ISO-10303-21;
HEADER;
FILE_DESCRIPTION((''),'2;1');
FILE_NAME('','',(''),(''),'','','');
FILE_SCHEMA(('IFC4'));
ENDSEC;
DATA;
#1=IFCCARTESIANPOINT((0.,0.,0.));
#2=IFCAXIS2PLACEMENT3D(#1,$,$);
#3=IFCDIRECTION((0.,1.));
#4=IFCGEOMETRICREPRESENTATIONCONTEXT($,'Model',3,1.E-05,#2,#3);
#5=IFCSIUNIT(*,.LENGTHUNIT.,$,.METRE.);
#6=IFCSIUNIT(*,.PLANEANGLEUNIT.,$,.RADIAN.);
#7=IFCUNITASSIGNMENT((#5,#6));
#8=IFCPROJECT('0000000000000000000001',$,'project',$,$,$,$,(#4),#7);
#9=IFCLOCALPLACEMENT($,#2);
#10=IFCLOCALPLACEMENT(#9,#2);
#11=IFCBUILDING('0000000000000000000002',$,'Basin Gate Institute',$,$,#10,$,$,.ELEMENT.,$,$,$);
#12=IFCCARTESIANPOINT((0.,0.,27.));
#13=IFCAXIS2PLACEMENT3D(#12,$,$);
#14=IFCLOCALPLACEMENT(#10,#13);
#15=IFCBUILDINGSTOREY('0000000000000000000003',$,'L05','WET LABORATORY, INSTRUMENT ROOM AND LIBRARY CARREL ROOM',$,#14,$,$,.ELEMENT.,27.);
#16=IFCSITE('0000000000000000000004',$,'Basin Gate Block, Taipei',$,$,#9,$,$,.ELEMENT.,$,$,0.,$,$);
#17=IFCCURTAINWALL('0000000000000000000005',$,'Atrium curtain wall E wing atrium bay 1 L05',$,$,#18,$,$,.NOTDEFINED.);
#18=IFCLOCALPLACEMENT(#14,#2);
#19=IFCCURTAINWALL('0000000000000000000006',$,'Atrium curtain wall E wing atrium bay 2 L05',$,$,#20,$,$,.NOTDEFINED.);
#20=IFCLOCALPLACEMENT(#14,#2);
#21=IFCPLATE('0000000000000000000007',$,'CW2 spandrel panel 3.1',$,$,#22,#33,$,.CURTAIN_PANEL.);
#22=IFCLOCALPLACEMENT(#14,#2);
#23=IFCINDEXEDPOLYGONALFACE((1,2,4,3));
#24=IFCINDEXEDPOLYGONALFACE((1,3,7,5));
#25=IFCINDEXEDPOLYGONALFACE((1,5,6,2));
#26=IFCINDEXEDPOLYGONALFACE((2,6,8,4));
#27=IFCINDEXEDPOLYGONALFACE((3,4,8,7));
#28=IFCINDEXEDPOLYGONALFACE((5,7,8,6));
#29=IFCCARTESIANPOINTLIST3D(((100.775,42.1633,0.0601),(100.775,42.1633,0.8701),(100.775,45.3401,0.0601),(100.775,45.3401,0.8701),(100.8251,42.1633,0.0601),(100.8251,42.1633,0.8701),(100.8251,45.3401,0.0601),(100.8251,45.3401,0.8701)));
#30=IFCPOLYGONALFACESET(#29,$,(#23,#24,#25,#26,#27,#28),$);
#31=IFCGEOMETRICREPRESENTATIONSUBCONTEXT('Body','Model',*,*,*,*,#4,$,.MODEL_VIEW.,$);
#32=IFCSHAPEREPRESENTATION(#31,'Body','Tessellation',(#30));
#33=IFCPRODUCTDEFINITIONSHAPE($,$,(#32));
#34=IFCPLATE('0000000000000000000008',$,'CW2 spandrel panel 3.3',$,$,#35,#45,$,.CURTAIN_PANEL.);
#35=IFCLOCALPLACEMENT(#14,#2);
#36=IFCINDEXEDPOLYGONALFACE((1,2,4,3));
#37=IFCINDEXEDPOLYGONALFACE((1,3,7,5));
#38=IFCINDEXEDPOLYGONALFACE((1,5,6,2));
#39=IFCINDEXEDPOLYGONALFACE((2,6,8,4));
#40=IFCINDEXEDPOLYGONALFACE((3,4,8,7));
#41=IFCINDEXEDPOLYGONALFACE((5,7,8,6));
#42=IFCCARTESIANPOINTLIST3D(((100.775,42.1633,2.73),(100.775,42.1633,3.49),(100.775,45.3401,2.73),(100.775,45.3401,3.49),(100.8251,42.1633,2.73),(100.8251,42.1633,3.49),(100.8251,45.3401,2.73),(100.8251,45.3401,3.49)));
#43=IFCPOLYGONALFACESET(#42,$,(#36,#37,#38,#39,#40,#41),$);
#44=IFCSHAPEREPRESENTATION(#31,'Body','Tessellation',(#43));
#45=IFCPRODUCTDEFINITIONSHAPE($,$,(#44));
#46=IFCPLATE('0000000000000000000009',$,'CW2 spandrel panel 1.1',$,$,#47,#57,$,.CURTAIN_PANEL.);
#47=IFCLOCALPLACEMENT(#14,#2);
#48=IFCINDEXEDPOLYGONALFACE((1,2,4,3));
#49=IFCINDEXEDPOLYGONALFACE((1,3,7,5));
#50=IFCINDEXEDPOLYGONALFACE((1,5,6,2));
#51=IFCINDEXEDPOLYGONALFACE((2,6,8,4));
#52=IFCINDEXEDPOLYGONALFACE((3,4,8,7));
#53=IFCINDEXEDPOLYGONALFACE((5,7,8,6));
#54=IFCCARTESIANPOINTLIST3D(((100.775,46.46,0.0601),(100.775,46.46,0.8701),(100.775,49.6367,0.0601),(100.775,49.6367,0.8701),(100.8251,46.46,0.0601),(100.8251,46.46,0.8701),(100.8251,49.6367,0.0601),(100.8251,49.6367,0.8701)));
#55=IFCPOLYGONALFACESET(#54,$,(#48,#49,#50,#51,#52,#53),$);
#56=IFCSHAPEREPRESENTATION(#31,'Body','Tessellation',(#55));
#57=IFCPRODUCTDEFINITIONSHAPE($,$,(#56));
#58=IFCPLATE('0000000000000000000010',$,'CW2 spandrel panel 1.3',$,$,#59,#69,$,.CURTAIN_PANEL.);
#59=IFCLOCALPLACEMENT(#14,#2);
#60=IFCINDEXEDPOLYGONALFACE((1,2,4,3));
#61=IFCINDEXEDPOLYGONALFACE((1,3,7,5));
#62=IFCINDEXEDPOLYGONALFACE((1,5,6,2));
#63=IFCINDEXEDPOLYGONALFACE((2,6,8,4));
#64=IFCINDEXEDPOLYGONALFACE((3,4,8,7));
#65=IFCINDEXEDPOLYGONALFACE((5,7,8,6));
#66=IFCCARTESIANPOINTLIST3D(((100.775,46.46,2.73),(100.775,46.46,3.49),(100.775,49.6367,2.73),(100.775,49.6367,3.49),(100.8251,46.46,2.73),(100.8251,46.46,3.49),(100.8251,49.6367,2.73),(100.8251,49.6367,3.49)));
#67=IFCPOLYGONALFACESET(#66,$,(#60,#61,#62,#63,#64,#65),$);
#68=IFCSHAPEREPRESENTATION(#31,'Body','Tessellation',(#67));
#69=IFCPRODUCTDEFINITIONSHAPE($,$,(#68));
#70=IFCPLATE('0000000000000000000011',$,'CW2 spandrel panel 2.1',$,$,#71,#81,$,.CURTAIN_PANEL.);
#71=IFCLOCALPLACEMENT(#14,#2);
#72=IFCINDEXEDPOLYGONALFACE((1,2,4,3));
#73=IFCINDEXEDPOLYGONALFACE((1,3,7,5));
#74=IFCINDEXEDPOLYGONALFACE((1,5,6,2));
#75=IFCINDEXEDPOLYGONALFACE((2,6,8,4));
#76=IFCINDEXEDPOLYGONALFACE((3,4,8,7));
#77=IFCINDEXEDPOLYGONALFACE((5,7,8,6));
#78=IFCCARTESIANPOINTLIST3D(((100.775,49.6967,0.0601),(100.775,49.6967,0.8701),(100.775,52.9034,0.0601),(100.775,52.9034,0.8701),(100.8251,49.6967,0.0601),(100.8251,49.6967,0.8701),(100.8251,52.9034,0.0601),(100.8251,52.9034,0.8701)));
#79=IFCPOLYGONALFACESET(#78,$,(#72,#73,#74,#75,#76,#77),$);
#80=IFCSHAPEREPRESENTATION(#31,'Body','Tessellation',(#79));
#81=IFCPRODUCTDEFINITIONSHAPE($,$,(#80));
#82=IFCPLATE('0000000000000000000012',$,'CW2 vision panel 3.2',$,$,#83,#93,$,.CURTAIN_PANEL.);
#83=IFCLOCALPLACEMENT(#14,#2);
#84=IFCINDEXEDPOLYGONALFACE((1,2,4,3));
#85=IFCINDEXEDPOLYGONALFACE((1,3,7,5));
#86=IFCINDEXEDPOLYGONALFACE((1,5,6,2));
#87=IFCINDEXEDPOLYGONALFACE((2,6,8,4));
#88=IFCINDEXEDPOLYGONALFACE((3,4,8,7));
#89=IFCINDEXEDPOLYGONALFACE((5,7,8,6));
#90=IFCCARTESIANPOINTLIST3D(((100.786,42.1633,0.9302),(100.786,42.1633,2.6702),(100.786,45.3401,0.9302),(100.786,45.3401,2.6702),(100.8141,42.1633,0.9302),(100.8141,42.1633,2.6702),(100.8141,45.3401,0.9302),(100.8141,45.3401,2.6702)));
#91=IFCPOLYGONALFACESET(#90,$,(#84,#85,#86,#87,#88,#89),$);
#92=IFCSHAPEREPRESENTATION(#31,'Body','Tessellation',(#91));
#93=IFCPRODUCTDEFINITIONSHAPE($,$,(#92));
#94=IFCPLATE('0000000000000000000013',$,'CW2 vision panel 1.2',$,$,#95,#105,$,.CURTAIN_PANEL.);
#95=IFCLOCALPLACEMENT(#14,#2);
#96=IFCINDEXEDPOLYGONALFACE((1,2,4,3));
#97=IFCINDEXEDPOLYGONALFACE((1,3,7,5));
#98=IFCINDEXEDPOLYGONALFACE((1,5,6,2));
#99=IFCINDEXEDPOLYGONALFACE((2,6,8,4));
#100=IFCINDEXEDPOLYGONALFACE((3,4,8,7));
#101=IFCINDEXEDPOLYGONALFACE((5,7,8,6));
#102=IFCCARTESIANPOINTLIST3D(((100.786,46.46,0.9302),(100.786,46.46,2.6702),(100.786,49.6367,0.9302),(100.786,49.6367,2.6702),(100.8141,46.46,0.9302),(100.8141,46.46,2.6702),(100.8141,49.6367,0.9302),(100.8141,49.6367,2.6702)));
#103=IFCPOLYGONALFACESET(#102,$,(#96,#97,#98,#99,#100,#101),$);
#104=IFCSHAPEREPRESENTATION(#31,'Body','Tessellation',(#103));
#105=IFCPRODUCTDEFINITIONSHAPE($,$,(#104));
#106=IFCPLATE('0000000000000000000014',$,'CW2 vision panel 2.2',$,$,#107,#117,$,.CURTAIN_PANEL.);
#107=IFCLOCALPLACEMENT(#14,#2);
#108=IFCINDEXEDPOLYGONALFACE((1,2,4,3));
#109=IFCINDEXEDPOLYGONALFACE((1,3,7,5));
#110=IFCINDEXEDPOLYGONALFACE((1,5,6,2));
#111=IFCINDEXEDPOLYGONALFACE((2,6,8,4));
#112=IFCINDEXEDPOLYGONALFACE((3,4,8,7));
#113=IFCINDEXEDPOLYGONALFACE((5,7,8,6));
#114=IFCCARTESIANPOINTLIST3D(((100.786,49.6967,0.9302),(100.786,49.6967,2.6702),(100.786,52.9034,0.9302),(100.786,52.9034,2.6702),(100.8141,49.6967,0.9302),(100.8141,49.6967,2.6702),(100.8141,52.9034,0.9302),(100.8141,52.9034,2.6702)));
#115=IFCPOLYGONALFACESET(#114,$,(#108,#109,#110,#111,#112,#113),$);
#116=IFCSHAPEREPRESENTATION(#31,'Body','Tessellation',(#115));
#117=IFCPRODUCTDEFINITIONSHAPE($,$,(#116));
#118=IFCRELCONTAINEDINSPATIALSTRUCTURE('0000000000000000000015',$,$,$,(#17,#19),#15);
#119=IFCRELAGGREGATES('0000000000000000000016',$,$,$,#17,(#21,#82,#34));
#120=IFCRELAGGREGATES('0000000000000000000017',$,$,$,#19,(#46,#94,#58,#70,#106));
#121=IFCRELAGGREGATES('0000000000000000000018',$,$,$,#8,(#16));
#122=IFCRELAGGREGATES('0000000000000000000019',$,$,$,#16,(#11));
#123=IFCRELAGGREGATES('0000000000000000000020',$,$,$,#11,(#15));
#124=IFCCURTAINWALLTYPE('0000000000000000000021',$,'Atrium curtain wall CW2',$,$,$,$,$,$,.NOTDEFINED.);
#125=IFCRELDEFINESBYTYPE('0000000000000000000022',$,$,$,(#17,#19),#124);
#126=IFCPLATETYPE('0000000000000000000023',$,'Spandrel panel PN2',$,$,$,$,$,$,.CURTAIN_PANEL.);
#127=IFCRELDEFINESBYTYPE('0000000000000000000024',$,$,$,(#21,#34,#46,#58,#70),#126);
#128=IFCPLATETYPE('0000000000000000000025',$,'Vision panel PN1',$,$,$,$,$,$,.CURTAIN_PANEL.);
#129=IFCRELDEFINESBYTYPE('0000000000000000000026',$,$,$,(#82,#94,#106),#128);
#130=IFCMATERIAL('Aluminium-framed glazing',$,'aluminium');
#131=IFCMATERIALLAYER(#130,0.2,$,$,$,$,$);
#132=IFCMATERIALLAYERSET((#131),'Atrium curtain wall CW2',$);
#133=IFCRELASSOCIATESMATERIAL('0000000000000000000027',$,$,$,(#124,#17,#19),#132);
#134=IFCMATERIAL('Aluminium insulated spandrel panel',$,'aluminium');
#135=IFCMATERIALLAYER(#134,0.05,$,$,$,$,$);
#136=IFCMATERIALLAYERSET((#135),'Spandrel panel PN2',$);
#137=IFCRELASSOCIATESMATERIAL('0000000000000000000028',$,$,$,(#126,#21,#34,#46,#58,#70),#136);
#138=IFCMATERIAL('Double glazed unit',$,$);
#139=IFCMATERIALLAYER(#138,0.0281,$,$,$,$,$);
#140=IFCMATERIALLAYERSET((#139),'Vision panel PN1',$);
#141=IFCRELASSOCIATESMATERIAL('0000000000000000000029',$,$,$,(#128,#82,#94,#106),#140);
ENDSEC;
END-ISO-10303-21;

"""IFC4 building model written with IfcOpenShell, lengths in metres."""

from ifc_helpers import new_model, si_unit, direction, frame, origin, origin_2d, place, context, subcontext, project, spatial, rectangle, extrude, material, layer, layer_set, type_object, element, aggregate, save


model = new_model("IFC4")

# Units and contexts
model_context = context("Model", 3, precision=1e-05, world=origin(), true_north=direction((0.0, 1.0)))
body_context = subcontext(model_context, "Body", "Model", "MODEL_VIEW")
ifc_project = project(units=[si_unit("LENGTHUNIT", "METRE"), si_unit("PLANEANGLEUNIT", "RADIAN")], contexts=[model_context])

# Site, building, storey
site_placement = place(None, origin())
site = spatial("IfcSite", under=ifc_project, at=site_placement, Name="Basin Gate Block, Taipei", CompositionType="ELEMENT", RefElevation=0.0)
building_placement = place(site_placement, origin())
building = spatial("IfcBuilding", under=site, at=building_placement, Name="Basin Gate Institute", CompositionType="ELEMENT")
storey_placement = place(building_placement, frame((0.0, 0.0, 27.0)))
storey = spatial("IfcBuildingStorey", under=building, at=storey_placement, Name="L05", Description="WET LABORATORY, INSTRUMENT ROOM AND LIBRARY CARREL ROOM", CompositionType="ELEMENT", Elevation=27.0)

# Curtain wall
ifc_material_1 = material(Name="Aluminium-framed glazing", Category="aluminium")
ifc_layer_1 = layer(ifc_material_1, 0.2)
ifc_layer_set_1 = layer_set([ifc_layer_1], Name="Atrium curtain wall CW2")
curtain_wall_type = type_object("IfcCurtainWallType", Name="Atrium curtain wall CW2", PredefinedType="NOTDEFINED", material=ifc_layer_set_1)
curtain_wall_1_placement = place(storey_placement, origin())
curtain_wall_1 = element("IfcCurtainWall", 1, at=curtain_wall_1_placement, inside=storey, type_object=curtain_wall_type, material=ifc_layer_set_1, Name="Atrium curtain wall E wing atrium bay 1 L05", PredefinedType="NOTDEFINED")

# Curtain wall
curtain_wall_2_placement = place(storey_placement, origin())
curtain_wall_2 = element("IfcCurtainWall", 2, at=curtain_wall_2_placement, inside=storey, type_object=curtain_wall_type, material=ifc_layer_set_1, Name="Atrium curtain wall E wing atrium bay 2 L05", PredefinedType="NOTDEFINED")

# Plates
ifc_material_2 = material(Name="Aluminium insulated spandrel panel", Category="aluminium")
ifc_layer_2 = layer(ifc_material_2, 0.05)
ifc_layer_set_2 = layer_set([ifc_layer_2], Name="Spandrel panel PN2")
plate_type_1 = type_object("IfcPlateType", Name="Spandrel panel PN2", PredefinedType="CURTAIN_PANEL", material=ifc_layer_set_2)
plate_1_placement = place(storey_placement, frame((100.8, 43.7517, 0.0601), z_axis=(0.0, 0.0, 1.0), x_axis=(0.0, 1.0, 0.0)))
plate_1 = element("IfcPlate", 3, at=plate_1_placement, type_object=plate_type_1, material=ifc_layer_set_2, Name="CW2 spandrel panel 3.1", PredefinedType="CURTAIN_PANEL", context=body_context, shape_type="SweptSolid", body=[
    extrude(rectangle(XDim=3.1768, YDim=0.05, at=origin_2d()), origin(), (0.0, 0.0, 1.0), 0.8101),
])
plate_2_placement = place(storey_placement, frame((100.8, 43.7517, 2.73), z_axis=(0.0, 0.0, 1.0), x_axis=(0.0, 1.0, 0.0)))
plate_2 = element("IfcPlate", 4, at=plate_2_placement, type_object=plate_type_1, material=ifc_layer_set_2, Name="CW2 spandrel panel 3.3", PredefinedType="CURTAIN_PANEL", context=body_context, shape_type="SweptSolid", body=[
    extrude(rectangle(XDim=3.1768, YDim=0.05, at=origin_2d()), origin(), (0.0, 0.0, 1.0), 0.76),
])
plate_3_placement = place(storey_placement, frame((100.8, 48.0483, 0.0601), z_axis=(0.0, 0.0, 1.0), x_axis=(0.0, 1.0, 0.0)))
plate_3 = element("IfcPlate", 5, at=plate_3_placement, type_object=plate_type_1, material=ifc_layer_set_2, Name="CW2 spandrel panel 1.1", PredefinedType="CURTAIN_PANEL", context=body_context, shape_type="SweptSolid", body=[
    extrude(rectangle(XDim=3.1768, YDim=0.05, at=origin_2d()), origin(), (0.0, 0.0, 1.0), 0.8101),
])
plate_4_placement = place(storey_placement, frame((100.8, 48.0483, 2.73), z_axis=(0.0, 0.0, 1.0), x_axis=(0.0, 1.0, 0.0)))
plate_4 = element("IfcPlate", 6, at=plate_4_placement, type_object=plate_type_1, material=ifc_layer_set_2, Name="CW2 spandrel panel 1.3", PredefinedType="CURTAIN_PANEL", context=body_context, shape_type="SweptSolid", body=[
    extrude(rectangle(XDim=3.1768, YDim=0.05, at=origin_2d()), origin(), (0.0, 0.0, 1.0), 0.76),
])
plate_5_placement = place(storey_placement, frame((100.8, 51.3, 0.0601), z_axis=(0.0, 0.0, 1.0), x_axis=(0.0, 1.0, 0.0)))
plate_5 = element("IfcPlate", 7, at=plate_5_placement, type_object=plate_type_1, material=ifc_layer_set_2, Name="CW2 spandrel panel 2.1", PredefinedType="CURTAIN_PANEL", context=body_context, shape_type="SweptSolid", body=[
    extrude(rectangle(XDim=3.2068, YDim=0.05, at=origin_2d()), origin(), (0.0, 0.0, 1.0), 0.8101),
])
ifc_material_3 = material(Name="Double glazed unit")
ifc_layer_3 = layer(ifc_material_3, 0.0281)
ifc_layer_set_3 = layer_set([ifc_layer_3], Name="Vision panel PN1")
plate_type_2 = type_object("IfcPlateType", Name="Vision panel PN1", PredefinedType="CURTAIN_PANEL", material=ifc_layer_set_3)
plate_6_placement = place(storey_placement, frame((100.8, 43.7517, 0.9302), z_axis=(0.0, 0.0, 1.0), x_axis=(0.0, 1.0, 0.0)))
plate_6 = element("IfcPlate", 8, at=plate_6_placement, type_object=plate_type_2, material=ifc_layer_set_3, Name="CW2 vision panel 3.2", PredefinedType="CURTAIN_PANEL", context=body_context, shape_type="SweptSolid", body=[
    extrude(rectangle(XDim=3.1768, YDim=0.0281, at=origin_2d()), origin(), (0.0, 0.0, 1.0), 1.74),
])
aggregate(curtain_wall_1, [plate_1, plate_6, plate_2])
plate_7_placement = place(storey_placement, frame((100.8, 48.0483, 0.9302), z_axis=(0.0, 0.0, 1.0), x_axis=(0.0, 1.0, 0.0)))
plate_7 = element("IfcPlate", 9, at=plate_7_placement, type_object=plate_type_2, material=ifc_layer_set_3, Name="CW2 vision panel 1.2", PredefinedType="CURTAIN_PANEL", context=body_context, shape_type="SweptSolid", body=[
    extrude(rectangle(XDim=3.1768, YDim=0.0281, at=origin_2d()), origin(), (0.0, 0.0, 1.0), 1.74),
])
plate_8_placement = place(storey_placement, frame((100.8, 51.3, 0.9302), z_axis=(0.0, 0.0, 1.0), x_axis=(0.0, 1.0, 0.0)))
plate_8 = element("IfcPlate", 10, at=plate_8_placement, type_object=plate_type_2, material=ifc_layer_set_3, Name="CW2 vision panel 2.2", PredefinedType="CURTAIN_PANEL", context=body_context, shape_type="SweptSolid", body=[
    extrude(rectangle(XDim=3.2068, YDim=0.0281, at=origin_2d()), origin(), (0.0, 0.0, 1.0), 1.74),
])
aggregate(curtain_wall_2, [plate_3, plate_7, plate_4, plate_5, plate_8])

save(model, "model.ifc")
